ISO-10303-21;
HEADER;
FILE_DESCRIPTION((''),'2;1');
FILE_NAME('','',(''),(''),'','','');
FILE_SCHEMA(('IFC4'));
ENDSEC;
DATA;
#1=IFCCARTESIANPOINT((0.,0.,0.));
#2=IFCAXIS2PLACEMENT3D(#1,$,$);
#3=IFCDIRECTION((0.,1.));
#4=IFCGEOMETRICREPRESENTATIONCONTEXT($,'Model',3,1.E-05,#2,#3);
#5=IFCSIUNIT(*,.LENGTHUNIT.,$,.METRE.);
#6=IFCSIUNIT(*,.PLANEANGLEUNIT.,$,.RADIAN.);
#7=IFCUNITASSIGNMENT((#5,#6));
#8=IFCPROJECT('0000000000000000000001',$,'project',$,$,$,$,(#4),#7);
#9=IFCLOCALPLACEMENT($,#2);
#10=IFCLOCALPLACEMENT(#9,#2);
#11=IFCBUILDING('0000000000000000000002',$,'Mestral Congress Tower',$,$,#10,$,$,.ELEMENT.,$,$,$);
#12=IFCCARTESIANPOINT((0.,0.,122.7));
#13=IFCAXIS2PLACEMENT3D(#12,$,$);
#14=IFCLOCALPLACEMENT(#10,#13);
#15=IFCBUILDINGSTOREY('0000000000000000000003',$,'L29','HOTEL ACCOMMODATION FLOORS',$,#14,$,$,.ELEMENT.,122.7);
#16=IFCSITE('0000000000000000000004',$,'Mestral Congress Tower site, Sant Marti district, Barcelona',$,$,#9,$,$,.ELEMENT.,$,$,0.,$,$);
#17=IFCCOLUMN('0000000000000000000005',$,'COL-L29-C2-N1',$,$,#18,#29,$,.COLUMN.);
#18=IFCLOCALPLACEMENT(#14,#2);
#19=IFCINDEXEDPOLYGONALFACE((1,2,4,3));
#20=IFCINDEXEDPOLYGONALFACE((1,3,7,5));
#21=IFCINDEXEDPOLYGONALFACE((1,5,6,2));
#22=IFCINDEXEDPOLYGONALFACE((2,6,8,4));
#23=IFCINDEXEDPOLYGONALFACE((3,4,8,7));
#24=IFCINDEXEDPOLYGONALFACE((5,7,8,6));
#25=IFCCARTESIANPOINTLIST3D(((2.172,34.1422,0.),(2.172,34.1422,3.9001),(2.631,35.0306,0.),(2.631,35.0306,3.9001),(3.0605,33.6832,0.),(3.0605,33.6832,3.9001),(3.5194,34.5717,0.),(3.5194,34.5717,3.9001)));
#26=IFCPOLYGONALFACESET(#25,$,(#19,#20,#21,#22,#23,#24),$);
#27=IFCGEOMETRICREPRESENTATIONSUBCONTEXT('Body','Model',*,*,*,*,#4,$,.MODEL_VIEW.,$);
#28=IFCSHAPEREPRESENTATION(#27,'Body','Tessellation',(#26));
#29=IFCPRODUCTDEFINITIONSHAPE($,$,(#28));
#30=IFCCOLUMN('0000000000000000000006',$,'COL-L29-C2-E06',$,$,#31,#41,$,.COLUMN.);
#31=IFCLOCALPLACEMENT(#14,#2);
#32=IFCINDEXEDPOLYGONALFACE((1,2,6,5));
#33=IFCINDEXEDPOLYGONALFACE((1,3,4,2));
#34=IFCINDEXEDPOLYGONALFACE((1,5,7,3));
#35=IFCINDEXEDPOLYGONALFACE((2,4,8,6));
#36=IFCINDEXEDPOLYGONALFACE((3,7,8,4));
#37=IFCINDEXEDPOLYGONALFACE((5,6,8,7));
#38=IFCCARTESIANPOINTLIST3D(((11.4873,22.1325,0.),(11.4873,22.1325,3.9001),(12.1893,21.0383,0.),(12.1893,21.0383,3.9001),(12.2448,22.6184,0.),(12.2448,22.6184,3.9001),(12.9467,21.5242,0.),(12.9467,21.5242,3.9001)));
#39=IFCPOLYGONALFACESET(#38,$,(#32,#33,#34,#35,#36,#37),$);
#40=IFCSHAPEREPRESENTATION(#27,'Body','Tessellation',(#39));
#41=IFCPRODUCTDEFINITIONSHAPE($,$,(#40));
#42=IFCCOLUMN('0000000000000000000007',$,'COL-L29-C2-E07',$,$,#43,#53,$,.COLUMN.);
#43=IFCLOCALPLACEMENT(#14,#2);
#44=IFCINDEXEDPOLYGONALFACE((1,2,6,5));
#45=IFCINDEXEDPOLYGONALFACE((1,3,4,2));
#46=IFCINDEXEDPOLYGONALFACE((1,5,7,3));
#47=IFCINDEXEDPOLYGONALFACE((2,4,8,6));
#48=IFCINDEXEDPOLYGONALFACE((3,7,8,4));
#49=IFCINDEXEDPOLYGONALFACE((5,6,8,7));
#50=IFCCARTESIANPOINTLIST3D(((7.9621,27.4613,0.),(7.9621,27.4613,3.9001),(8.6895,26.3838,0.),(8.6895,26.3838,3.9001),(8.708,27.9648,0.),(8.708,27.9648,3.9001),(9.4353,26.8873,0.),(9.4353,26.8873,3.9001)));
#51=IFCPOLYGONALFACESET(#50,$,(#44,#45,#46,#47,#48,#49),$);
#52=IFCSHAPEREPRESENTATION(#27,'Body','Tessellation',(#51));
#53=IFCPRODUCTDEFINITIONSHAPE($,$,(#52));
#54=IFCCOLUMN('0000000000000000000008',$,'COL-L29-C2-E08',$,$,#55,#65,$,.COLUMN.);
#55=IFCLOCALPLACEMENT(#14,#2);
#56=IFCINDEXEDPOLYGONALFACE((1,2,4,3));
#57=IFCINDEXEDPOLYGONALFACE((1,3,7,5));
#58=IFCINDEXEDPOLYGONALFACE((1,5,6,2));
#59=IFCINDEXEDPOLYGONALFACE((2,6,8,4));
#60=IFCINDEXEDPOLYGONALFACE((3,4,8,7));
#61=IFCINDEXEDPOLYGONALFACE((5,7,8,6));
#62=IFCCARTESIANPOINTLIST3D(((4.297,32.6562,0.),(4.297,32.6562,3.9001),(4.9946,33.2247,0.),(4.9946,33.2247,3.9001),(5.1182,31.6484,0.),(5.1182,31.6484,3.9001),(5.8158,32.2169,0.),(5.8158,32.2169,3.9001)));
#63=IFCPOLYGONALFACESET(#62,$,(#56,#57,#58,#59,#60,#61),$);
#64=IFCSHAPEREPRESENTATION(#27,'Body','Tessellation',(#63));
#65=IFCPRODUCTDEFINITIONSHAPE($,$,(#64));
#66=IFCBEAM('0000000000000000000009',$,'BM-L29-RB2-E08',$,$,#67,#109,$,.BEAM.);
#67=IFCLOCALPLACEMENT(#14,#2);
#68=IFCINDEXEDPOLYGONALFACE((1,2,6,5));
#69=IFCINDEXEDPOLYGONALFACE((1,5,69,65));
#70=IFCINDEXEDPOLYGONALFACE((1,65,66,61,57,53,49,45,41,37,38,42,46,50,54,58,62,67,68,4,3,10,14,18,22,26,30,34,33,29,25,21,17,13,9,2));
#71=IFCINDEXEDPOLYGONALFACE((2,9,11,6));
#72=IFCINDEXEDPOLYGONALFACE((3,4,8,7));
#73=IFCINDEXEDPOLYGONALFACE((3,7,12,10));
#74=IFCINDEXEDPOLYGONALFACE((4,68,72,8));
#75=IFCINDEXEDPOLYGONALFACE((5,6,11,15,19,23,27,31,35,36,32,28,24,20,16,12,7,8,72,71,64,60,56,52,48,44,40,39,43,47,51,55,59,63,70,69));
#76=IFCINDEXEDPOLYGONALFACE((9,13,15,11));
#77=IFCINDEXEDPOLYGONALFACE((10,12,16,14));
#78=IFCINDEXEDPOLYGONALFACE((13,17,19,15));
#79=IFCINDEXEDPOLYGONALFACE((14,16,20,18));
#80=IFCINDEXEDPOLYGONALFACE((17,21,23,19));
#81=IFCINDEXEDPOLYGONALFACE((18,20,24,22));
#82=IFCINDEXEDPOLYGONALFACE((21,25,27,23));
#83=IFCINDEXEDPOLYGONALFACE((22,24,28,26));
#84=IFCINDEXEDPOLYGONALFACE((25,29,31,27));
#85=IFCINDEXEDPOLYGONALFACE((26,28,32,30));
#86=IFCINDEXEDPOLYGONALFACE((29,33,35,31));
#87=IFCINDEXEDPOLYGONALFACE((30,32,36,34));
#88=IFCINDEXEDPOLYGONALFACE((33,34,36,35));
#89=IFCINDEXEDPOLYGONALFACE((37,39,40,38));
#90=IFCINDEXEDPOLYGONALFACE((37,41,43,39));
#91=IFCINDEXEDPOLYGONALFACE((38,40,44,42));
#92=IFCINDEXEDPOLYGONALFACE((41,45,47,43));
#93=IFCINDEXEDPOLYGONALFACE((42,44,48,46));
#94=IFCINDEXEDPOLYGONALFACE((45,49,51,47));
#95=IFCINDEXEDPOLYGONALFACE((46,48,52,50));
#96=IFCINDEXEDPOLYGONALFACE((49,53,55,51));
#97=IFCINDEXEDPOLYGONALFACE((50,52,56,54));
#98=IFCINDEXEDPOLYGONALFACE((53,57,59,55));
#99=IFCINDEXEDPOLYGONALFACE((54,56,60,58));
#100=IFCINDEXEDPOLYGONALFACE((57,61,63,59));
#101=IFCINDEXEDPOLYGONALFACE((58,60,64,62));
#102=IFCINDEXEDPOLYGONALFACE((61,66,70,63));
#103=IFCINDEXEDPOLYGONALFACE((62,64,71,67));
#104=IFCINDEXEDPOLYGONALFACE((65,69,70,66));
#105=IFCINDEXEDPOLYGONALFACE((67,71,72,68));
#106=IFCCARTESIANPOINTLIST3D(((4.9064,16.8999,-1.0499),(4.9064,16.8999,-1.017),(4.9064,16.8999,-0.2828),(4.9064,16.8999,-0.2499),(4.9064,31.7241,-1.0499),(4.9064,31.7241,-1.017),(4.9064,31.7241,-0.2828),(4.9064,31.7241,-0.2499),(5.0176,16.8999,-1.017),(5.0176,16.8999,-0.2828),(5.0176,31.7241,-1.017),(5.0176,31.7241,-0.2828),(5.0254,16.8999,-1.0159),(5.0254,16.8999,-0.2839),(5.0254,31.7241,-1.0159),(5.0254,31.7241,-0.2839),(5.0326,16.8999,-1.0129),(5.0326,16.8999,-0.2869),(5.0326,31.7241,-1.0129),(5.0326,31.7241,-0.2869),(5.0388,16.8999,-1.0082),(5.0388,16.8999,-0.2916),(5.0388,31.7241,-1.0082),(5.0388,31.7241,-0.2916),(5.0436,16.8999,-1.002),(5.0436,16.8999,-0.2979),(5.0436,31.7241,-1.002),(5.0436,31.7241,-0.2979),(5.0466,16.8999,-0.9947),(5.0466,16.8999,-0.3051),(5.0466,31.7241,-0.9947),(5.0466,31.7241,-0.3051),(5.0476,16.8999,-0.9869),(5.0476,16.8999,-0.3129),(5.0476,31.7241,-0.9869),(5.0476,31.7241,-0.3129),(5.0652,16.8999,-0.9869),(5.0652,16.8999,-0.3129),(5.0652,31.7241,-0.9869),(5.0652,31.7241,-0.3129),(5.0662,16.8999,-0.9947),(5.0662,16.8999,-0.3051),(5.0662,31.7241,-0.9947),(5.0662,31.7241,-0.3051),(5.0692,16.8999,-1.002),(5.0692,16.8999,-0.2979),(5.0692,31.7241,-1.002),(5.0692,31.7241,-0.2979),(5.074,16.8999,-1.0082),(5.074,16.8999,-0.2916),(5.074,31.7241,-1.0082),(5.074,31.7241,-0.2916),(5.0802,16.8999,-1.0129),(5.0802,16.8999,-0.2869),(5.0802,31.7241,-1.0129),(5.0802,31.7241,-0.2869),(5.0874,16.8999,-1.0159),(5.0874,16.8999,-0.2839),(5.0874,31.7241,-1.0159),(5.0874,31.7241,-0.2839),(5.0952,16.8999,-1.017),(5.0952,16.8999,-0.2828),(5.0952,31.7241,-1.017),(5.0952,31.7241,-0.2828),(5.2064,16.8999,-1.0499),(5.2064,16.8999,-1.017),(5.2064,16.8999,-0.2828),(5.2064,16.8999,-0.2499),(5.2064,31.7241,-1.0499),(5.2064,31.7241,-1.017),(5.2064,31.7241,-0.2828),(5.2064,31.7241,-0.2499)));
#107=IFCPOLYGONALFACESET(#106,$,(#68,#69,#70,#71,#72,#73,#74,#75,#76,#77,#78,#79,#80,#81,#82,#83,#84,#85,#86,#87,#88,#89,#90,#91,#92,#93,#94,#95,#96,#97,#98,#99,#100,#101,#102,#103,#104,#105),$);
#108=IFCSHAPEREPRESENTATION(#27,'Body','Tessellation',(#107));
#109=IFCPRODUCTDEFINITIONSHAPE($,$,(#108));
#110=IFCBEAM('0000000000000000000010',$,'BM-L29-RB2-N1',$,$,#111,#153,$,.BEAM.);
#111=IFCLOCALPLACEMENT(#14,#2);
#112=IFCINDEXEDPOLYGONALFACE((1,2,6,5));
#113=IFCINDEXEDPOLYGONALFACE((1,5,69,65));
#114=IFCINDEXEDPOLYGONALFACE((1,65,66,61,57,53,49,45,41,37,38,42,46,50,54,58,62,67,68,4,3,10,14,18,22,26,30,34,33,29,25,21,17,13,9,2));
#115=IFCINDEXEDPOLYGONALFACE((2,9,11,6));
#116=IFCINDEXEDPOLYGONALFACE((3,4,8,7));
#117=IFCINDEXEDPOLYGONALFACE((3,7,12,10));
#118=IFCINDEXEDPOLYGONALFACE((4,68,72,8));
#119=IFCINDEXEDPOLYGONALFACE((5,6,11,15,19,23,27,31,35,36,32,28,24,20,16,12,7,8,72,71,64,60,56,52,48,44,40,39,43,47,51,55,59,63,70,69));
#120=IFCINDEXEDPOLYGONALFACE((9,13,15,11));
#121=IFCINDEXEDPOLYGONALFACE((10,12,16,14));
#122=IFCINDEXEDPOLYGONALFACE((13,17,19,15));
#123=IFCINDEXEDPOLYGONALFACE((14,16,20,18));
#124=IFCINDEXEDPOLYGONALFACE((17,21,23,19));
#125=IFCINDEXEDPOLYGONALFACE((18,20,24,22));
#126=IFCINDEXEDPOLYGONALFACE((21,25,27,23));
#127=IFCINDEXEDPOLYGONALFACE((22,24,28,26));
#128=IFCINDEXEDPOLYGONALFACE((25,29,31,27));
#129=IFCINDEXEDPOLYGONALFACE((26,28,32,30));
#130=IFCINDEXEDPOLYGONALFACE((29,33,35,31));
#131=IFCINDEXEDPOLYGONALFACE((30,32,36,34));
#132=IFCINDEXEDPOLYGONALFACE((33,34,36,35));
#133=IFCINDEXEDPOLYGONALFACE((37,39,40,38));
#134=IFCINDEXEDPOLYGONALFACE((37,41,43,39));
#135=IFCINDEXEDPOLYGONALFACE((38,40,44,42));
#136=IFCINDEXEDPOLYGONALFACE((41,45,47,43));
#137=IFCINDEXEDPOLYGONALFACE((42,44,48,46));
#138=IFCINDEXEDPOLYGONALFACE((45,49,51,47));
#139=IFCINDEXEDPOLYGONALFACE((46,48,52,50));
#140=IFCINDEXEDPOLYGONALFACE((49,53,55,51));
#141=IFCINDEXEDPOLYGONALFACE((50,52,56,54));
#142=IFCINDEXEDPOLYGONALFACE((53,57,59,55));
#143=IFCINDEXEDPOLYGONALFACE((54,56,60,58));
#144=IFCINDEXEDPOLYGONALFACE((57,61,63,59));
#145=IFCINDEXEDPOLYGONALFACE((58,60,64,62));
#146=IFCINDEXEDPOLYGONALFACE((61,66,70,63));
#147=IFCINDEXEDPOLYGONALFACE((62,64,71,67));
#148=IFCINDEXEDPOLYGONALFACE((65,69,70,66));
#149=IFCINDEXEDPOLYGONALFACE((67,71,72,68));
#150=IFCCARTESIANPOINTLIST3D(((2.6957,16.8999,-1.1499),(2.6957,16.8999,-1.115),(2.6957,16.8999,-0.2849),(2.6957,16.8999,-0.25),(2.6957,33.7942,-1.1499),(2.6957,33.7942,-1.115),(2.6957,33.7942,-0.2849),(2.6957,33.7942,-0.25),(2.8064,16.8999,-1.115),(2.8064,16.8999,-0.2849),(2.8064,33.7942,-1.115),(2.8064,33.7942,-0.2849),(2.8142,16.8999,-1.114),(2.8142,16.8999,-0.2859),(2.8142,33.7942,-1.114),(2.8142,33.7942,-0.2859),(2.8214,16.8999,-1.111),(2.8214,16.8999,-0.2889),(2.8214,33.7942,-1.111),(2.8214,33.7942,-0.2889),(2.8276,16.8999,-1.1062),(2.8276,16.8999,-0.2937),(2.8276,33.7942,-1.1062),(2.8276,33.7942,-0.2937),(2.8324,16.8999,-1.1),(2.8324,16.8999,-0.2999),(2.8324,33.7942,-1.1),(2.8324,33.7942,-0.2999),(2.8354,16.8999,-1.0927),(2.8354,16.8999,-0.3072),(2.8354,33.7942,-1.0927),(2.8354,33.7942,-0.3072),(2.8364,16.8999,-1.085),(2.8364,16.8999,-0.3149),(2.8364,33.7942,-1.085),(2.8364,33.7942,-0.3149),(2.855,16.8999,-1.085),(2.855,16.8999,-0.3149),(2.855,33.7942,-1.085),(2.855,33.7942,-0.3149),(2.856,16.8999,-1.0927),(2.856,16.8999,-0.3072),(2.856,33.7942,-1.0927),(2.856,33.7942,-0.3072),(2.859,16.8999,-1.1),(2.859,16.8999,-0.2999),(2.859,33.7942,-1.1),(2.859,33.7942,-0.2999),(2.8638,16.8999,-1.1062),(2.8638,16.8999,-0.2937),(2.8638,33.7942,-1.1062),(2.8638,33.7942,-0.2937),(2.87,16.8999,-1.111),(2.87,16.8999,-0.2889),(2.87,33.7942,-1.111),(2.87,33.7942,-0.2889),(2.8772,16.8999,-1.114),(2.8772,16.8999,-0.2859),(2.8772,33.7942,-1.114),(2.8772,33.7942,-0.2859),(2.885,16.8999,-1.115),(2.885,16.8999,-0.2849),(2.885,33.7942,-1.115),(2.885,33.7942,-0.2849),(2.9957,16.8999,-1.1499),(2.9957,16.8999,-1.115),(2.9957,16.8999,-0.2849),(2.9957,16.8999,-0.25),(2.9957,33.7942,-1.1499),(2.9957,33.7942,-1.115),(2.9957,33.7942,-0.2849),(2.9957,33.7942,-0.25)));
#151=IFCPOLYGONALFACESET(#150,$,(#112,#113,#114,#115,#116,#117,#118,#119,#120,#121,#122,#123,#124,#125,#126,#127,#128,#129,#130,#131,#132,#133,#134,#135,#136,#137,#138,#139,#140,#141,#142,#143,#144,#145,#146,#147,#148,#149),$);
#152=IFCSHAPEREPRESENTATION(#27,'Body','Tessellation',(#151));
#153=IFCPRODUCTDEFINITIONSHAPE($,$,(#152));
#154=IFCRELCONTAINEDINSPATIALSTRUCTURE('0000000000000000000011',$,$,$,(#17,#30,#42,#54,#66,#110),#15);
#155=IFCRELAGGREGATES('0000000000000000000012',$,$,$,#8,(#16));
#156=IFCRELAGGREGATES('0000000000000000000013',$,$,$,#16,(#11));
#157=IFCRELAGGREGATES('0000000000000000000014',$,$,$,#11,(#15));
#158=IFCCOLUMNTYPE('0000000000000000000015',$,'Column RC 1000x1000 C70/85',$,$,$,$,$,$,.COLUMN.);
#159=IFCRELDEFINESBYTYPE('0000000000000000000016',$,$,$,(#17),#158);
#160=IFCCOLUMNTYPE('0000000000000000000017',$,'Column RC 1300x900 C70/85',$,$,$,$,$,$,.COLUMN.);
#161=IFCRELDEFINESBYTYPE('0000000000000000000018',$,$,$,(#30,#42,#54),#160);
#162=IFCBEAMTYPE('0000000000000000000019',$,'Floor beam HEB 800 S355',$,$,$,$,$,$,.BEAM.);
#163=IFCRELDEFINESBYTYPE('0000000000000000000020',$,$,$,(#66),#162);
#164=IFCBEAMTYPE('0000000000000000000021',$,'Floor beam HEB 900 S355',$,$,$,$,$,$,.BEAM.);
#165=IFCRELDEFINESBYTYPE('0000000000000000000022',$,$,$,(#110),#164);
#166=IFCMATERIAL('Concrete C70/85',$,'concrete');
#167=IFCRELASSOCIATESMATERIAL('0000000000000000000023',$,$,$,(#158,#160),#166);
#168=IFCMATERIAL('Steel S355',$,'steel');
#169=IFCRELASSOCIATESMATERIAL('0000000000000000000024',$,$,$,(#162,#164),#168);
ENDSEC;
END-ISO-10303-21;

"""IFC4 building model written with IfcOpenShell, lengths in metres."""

from ifc_helpers import new_model, si_unit, direction, frame, origin, origin_2d, place, context, subcontext, project, spatial, rectangle, i_section, extrude, material, material_profile, profile_set, type_object, element, save


model = new_model("IFC4")

# Units and contexts
model_context = context("Model", 3, precision=1e-05, world=origin(), true_north=direction((0.0, 1.0)))
body_context = subcontext(model_context, "Body", "Model", "MODEL_VIEW")
ifc_project = project(units=[si_unit("LENGTHUNIT", "METRE"), si_unit("PLANEANGLEUNIT", "RADIAN")], contexts=[model_context])

# Site, building, storey
site_placement = place(None, origin())
site = spatial("IfcSite", under=ifc_project, at=site_placement, Name="Mestral Congress Tower site, Sant Marti district, Barcelona", CompositionType="ELEMENT", RefElevation=0.0)
building_placement = place(site_placement, origin())
building = spatial("IfcBuilding", under=site, at=building_placement, Name="Mestral Congress Tower", CompositionType="ELEMENT")
storey_placement = place(building_placement, frame((0.0, 0.0, 122.7)))
storey = spatial("IfcBuildingStorey", under=building, at=storey_placement, Name="L29", Description="HOTEL ACCOMMODATION FLOORS", CompositionType="ELEMENT", Elevation=122.7)

# Columns
ifc_material_1 = material(Name="Concrete C70/85", Category="concrete")
ifc_material_profile_1 = material_profile(ifc_material_1, rectangle(XDim=1.0, YDim=1.0, at=origin_2d()), Name="RC 1000x1000")
ifc_profile_set_1 = profile_set([ifc_material_profile_1], Name="Concrete C70/85")
column_type_1 = type_object("IfcColumnType", Name="Column RC 1000x1000 C70/85", PredefinedType="COLUMN", material=ifc_profile_set_1)
column_placement = place(storey_placement, frame((2.8457, 34.3569, 0.0), z_axis=(0.0, 0.0, 1.0), x_axis=(-0.888456, 0.458961, 0.0)))
element("IfcColumn", 1, at=column_placement, inside=storey, type_object=column_type_1, Name="COL-L29-C2-N1", PredefinedType="COLUMN", context=body_context, shape_type="SweptSolid", body=[
    extrude(rectangle(XDim=1.0, YDim=1.0, at=origin_2d()), origin(), (0.0, 0.0, 1.0), 3.9001),
])
ifc_material_profile_2 = material_profile(ifc_material_1, rectangle(XDim=1.3, YDim=0.8999, at=origin_2d()), Name="RC 1300x900")
ifc_profile_set_2 = profile_set([ifc_material_profile_2], Name="Concrete C70/85")
column_type_2 = type_object("IfcColumnType", Name="Column RC 1300x900 C70/85", PredefinedType="COLUMN", material=ifc_profile_set_2)
for number, where, z_axis, x_axis, name in (
    (2, (12.217, 21.8284, 0.0), (0.0, 0.0, 1.0), (-0.539945, 0.8417, 0.0), "COL-L29-C2-E06"),
    (3, (8.6987, 27.1743, 0.0), (0.0, 0.0, 1.0), (-0.559479, 0.828844, 0.0), "COL-L29-C2-E07"),
    (4, (5.0564, 32.4365, 0.0), (0.0, 0.0, 1.0), (-0.631709, 0.775206, 0.0), "COL-L29-C2-E08"),
):
    element("IfcColumn", number, at=place(storey_placement, frame(where, z_axis=z_axis, x_axis=x_axis)), inside=storey, type_object=column_type_2, Name=name, PredefinedType="COLUMN", context=body_context, shape_type="SweptSolid", body=[
        extrude(rectangle(XDim=1.3, YDim=0.8999, at=origin_2d()), origin(), (0.0, 0.0, 1.0), 3.9001),
    ])

# Beams
ifc_material_2 = material(Name="Steel S355", Category="steel")
ifc_material_profile_3 = material_profile(ifc_material_2, i_section(OverallWidth=0.3, OverallDepth=0.8, WebThickness=0.0176, FlangeThickness=0.033, FilletRadius=0.03, at=origin_2d()), Name="HEB 800")
ifc_profile_set_3 = profile_set([ifc_material_profile_3], Name="Steel S355")
beam_type_1 = type_object("IfcBeamType", Name="Floor beam HEB 800 S355", PredefinedType="BEAM", material=ifc_profile_set_3)
beam_1_placement = place(storey_placement, frame((5.0564, 31.7241, -0.6499), z_axis=(0.0, -1.0, 0.0), x_axis=(1.0, 0.0, 0.0)))
element("IfcBeam", 5, at=beam_1_placement, inside=storey, type_object=beam_type_1, Name="BM-L29-RB2-E08", PredefinedType="BEAM", context=body_context, shape_type="SweptSolid", body=[
    extrude(i_section(OverallWidth=0.3, OverallDepth=0.8, WebThickness=0.0176, FlangeThickness=0.033, FilletRadius=0.03, at=origin_2d()), origin(), (0.0, 0.0, 1.0), 14.8242),
])
ifc_material_profile_4 = material_profile(ifc_material_2, i_section(OverallWidth=0.3, OverallDepth=0.8999, WebThickness=0.0186, FlangeThickness=0.0349, FilletRadius=0.03, at=origin_2d()), Name="HEB 900")
ifc_profile_set_4 = profile_set([ifc_material_profile_4], Name="Steel S355")
beam_type_2 = type_object("IfcBeamType", Name="Floor beam HEB 900 S355", PredefinedType="BEAM", material=ifc_profile_set_4)
beam_2_placement = place(storey_placement, frame((2.8457, 33.7942, -0.7), z_axis=(0.0, -1.0, 0.0), x_axis=(1.0, 0.0, 0.0)))
element("IfcBeam", 6, at=beam_2_placement, inside=storey, type_object=beam_type_2, Name="BM-L29-RB2-N1", PredefinedType="BEAM", context=body_context, shape_type="SweptSolid", body=[
    extrude(i_section(OverallWidth=0.3, OverallDepth=0.8999, WebThickness=0.0186, FlangeThickness=0.0349, FilletRadius=0.03, at=origin_2d()), origin(), (0.0, 0.0, 1.0), 16.8943),
])

save(model, "model.ifc")
